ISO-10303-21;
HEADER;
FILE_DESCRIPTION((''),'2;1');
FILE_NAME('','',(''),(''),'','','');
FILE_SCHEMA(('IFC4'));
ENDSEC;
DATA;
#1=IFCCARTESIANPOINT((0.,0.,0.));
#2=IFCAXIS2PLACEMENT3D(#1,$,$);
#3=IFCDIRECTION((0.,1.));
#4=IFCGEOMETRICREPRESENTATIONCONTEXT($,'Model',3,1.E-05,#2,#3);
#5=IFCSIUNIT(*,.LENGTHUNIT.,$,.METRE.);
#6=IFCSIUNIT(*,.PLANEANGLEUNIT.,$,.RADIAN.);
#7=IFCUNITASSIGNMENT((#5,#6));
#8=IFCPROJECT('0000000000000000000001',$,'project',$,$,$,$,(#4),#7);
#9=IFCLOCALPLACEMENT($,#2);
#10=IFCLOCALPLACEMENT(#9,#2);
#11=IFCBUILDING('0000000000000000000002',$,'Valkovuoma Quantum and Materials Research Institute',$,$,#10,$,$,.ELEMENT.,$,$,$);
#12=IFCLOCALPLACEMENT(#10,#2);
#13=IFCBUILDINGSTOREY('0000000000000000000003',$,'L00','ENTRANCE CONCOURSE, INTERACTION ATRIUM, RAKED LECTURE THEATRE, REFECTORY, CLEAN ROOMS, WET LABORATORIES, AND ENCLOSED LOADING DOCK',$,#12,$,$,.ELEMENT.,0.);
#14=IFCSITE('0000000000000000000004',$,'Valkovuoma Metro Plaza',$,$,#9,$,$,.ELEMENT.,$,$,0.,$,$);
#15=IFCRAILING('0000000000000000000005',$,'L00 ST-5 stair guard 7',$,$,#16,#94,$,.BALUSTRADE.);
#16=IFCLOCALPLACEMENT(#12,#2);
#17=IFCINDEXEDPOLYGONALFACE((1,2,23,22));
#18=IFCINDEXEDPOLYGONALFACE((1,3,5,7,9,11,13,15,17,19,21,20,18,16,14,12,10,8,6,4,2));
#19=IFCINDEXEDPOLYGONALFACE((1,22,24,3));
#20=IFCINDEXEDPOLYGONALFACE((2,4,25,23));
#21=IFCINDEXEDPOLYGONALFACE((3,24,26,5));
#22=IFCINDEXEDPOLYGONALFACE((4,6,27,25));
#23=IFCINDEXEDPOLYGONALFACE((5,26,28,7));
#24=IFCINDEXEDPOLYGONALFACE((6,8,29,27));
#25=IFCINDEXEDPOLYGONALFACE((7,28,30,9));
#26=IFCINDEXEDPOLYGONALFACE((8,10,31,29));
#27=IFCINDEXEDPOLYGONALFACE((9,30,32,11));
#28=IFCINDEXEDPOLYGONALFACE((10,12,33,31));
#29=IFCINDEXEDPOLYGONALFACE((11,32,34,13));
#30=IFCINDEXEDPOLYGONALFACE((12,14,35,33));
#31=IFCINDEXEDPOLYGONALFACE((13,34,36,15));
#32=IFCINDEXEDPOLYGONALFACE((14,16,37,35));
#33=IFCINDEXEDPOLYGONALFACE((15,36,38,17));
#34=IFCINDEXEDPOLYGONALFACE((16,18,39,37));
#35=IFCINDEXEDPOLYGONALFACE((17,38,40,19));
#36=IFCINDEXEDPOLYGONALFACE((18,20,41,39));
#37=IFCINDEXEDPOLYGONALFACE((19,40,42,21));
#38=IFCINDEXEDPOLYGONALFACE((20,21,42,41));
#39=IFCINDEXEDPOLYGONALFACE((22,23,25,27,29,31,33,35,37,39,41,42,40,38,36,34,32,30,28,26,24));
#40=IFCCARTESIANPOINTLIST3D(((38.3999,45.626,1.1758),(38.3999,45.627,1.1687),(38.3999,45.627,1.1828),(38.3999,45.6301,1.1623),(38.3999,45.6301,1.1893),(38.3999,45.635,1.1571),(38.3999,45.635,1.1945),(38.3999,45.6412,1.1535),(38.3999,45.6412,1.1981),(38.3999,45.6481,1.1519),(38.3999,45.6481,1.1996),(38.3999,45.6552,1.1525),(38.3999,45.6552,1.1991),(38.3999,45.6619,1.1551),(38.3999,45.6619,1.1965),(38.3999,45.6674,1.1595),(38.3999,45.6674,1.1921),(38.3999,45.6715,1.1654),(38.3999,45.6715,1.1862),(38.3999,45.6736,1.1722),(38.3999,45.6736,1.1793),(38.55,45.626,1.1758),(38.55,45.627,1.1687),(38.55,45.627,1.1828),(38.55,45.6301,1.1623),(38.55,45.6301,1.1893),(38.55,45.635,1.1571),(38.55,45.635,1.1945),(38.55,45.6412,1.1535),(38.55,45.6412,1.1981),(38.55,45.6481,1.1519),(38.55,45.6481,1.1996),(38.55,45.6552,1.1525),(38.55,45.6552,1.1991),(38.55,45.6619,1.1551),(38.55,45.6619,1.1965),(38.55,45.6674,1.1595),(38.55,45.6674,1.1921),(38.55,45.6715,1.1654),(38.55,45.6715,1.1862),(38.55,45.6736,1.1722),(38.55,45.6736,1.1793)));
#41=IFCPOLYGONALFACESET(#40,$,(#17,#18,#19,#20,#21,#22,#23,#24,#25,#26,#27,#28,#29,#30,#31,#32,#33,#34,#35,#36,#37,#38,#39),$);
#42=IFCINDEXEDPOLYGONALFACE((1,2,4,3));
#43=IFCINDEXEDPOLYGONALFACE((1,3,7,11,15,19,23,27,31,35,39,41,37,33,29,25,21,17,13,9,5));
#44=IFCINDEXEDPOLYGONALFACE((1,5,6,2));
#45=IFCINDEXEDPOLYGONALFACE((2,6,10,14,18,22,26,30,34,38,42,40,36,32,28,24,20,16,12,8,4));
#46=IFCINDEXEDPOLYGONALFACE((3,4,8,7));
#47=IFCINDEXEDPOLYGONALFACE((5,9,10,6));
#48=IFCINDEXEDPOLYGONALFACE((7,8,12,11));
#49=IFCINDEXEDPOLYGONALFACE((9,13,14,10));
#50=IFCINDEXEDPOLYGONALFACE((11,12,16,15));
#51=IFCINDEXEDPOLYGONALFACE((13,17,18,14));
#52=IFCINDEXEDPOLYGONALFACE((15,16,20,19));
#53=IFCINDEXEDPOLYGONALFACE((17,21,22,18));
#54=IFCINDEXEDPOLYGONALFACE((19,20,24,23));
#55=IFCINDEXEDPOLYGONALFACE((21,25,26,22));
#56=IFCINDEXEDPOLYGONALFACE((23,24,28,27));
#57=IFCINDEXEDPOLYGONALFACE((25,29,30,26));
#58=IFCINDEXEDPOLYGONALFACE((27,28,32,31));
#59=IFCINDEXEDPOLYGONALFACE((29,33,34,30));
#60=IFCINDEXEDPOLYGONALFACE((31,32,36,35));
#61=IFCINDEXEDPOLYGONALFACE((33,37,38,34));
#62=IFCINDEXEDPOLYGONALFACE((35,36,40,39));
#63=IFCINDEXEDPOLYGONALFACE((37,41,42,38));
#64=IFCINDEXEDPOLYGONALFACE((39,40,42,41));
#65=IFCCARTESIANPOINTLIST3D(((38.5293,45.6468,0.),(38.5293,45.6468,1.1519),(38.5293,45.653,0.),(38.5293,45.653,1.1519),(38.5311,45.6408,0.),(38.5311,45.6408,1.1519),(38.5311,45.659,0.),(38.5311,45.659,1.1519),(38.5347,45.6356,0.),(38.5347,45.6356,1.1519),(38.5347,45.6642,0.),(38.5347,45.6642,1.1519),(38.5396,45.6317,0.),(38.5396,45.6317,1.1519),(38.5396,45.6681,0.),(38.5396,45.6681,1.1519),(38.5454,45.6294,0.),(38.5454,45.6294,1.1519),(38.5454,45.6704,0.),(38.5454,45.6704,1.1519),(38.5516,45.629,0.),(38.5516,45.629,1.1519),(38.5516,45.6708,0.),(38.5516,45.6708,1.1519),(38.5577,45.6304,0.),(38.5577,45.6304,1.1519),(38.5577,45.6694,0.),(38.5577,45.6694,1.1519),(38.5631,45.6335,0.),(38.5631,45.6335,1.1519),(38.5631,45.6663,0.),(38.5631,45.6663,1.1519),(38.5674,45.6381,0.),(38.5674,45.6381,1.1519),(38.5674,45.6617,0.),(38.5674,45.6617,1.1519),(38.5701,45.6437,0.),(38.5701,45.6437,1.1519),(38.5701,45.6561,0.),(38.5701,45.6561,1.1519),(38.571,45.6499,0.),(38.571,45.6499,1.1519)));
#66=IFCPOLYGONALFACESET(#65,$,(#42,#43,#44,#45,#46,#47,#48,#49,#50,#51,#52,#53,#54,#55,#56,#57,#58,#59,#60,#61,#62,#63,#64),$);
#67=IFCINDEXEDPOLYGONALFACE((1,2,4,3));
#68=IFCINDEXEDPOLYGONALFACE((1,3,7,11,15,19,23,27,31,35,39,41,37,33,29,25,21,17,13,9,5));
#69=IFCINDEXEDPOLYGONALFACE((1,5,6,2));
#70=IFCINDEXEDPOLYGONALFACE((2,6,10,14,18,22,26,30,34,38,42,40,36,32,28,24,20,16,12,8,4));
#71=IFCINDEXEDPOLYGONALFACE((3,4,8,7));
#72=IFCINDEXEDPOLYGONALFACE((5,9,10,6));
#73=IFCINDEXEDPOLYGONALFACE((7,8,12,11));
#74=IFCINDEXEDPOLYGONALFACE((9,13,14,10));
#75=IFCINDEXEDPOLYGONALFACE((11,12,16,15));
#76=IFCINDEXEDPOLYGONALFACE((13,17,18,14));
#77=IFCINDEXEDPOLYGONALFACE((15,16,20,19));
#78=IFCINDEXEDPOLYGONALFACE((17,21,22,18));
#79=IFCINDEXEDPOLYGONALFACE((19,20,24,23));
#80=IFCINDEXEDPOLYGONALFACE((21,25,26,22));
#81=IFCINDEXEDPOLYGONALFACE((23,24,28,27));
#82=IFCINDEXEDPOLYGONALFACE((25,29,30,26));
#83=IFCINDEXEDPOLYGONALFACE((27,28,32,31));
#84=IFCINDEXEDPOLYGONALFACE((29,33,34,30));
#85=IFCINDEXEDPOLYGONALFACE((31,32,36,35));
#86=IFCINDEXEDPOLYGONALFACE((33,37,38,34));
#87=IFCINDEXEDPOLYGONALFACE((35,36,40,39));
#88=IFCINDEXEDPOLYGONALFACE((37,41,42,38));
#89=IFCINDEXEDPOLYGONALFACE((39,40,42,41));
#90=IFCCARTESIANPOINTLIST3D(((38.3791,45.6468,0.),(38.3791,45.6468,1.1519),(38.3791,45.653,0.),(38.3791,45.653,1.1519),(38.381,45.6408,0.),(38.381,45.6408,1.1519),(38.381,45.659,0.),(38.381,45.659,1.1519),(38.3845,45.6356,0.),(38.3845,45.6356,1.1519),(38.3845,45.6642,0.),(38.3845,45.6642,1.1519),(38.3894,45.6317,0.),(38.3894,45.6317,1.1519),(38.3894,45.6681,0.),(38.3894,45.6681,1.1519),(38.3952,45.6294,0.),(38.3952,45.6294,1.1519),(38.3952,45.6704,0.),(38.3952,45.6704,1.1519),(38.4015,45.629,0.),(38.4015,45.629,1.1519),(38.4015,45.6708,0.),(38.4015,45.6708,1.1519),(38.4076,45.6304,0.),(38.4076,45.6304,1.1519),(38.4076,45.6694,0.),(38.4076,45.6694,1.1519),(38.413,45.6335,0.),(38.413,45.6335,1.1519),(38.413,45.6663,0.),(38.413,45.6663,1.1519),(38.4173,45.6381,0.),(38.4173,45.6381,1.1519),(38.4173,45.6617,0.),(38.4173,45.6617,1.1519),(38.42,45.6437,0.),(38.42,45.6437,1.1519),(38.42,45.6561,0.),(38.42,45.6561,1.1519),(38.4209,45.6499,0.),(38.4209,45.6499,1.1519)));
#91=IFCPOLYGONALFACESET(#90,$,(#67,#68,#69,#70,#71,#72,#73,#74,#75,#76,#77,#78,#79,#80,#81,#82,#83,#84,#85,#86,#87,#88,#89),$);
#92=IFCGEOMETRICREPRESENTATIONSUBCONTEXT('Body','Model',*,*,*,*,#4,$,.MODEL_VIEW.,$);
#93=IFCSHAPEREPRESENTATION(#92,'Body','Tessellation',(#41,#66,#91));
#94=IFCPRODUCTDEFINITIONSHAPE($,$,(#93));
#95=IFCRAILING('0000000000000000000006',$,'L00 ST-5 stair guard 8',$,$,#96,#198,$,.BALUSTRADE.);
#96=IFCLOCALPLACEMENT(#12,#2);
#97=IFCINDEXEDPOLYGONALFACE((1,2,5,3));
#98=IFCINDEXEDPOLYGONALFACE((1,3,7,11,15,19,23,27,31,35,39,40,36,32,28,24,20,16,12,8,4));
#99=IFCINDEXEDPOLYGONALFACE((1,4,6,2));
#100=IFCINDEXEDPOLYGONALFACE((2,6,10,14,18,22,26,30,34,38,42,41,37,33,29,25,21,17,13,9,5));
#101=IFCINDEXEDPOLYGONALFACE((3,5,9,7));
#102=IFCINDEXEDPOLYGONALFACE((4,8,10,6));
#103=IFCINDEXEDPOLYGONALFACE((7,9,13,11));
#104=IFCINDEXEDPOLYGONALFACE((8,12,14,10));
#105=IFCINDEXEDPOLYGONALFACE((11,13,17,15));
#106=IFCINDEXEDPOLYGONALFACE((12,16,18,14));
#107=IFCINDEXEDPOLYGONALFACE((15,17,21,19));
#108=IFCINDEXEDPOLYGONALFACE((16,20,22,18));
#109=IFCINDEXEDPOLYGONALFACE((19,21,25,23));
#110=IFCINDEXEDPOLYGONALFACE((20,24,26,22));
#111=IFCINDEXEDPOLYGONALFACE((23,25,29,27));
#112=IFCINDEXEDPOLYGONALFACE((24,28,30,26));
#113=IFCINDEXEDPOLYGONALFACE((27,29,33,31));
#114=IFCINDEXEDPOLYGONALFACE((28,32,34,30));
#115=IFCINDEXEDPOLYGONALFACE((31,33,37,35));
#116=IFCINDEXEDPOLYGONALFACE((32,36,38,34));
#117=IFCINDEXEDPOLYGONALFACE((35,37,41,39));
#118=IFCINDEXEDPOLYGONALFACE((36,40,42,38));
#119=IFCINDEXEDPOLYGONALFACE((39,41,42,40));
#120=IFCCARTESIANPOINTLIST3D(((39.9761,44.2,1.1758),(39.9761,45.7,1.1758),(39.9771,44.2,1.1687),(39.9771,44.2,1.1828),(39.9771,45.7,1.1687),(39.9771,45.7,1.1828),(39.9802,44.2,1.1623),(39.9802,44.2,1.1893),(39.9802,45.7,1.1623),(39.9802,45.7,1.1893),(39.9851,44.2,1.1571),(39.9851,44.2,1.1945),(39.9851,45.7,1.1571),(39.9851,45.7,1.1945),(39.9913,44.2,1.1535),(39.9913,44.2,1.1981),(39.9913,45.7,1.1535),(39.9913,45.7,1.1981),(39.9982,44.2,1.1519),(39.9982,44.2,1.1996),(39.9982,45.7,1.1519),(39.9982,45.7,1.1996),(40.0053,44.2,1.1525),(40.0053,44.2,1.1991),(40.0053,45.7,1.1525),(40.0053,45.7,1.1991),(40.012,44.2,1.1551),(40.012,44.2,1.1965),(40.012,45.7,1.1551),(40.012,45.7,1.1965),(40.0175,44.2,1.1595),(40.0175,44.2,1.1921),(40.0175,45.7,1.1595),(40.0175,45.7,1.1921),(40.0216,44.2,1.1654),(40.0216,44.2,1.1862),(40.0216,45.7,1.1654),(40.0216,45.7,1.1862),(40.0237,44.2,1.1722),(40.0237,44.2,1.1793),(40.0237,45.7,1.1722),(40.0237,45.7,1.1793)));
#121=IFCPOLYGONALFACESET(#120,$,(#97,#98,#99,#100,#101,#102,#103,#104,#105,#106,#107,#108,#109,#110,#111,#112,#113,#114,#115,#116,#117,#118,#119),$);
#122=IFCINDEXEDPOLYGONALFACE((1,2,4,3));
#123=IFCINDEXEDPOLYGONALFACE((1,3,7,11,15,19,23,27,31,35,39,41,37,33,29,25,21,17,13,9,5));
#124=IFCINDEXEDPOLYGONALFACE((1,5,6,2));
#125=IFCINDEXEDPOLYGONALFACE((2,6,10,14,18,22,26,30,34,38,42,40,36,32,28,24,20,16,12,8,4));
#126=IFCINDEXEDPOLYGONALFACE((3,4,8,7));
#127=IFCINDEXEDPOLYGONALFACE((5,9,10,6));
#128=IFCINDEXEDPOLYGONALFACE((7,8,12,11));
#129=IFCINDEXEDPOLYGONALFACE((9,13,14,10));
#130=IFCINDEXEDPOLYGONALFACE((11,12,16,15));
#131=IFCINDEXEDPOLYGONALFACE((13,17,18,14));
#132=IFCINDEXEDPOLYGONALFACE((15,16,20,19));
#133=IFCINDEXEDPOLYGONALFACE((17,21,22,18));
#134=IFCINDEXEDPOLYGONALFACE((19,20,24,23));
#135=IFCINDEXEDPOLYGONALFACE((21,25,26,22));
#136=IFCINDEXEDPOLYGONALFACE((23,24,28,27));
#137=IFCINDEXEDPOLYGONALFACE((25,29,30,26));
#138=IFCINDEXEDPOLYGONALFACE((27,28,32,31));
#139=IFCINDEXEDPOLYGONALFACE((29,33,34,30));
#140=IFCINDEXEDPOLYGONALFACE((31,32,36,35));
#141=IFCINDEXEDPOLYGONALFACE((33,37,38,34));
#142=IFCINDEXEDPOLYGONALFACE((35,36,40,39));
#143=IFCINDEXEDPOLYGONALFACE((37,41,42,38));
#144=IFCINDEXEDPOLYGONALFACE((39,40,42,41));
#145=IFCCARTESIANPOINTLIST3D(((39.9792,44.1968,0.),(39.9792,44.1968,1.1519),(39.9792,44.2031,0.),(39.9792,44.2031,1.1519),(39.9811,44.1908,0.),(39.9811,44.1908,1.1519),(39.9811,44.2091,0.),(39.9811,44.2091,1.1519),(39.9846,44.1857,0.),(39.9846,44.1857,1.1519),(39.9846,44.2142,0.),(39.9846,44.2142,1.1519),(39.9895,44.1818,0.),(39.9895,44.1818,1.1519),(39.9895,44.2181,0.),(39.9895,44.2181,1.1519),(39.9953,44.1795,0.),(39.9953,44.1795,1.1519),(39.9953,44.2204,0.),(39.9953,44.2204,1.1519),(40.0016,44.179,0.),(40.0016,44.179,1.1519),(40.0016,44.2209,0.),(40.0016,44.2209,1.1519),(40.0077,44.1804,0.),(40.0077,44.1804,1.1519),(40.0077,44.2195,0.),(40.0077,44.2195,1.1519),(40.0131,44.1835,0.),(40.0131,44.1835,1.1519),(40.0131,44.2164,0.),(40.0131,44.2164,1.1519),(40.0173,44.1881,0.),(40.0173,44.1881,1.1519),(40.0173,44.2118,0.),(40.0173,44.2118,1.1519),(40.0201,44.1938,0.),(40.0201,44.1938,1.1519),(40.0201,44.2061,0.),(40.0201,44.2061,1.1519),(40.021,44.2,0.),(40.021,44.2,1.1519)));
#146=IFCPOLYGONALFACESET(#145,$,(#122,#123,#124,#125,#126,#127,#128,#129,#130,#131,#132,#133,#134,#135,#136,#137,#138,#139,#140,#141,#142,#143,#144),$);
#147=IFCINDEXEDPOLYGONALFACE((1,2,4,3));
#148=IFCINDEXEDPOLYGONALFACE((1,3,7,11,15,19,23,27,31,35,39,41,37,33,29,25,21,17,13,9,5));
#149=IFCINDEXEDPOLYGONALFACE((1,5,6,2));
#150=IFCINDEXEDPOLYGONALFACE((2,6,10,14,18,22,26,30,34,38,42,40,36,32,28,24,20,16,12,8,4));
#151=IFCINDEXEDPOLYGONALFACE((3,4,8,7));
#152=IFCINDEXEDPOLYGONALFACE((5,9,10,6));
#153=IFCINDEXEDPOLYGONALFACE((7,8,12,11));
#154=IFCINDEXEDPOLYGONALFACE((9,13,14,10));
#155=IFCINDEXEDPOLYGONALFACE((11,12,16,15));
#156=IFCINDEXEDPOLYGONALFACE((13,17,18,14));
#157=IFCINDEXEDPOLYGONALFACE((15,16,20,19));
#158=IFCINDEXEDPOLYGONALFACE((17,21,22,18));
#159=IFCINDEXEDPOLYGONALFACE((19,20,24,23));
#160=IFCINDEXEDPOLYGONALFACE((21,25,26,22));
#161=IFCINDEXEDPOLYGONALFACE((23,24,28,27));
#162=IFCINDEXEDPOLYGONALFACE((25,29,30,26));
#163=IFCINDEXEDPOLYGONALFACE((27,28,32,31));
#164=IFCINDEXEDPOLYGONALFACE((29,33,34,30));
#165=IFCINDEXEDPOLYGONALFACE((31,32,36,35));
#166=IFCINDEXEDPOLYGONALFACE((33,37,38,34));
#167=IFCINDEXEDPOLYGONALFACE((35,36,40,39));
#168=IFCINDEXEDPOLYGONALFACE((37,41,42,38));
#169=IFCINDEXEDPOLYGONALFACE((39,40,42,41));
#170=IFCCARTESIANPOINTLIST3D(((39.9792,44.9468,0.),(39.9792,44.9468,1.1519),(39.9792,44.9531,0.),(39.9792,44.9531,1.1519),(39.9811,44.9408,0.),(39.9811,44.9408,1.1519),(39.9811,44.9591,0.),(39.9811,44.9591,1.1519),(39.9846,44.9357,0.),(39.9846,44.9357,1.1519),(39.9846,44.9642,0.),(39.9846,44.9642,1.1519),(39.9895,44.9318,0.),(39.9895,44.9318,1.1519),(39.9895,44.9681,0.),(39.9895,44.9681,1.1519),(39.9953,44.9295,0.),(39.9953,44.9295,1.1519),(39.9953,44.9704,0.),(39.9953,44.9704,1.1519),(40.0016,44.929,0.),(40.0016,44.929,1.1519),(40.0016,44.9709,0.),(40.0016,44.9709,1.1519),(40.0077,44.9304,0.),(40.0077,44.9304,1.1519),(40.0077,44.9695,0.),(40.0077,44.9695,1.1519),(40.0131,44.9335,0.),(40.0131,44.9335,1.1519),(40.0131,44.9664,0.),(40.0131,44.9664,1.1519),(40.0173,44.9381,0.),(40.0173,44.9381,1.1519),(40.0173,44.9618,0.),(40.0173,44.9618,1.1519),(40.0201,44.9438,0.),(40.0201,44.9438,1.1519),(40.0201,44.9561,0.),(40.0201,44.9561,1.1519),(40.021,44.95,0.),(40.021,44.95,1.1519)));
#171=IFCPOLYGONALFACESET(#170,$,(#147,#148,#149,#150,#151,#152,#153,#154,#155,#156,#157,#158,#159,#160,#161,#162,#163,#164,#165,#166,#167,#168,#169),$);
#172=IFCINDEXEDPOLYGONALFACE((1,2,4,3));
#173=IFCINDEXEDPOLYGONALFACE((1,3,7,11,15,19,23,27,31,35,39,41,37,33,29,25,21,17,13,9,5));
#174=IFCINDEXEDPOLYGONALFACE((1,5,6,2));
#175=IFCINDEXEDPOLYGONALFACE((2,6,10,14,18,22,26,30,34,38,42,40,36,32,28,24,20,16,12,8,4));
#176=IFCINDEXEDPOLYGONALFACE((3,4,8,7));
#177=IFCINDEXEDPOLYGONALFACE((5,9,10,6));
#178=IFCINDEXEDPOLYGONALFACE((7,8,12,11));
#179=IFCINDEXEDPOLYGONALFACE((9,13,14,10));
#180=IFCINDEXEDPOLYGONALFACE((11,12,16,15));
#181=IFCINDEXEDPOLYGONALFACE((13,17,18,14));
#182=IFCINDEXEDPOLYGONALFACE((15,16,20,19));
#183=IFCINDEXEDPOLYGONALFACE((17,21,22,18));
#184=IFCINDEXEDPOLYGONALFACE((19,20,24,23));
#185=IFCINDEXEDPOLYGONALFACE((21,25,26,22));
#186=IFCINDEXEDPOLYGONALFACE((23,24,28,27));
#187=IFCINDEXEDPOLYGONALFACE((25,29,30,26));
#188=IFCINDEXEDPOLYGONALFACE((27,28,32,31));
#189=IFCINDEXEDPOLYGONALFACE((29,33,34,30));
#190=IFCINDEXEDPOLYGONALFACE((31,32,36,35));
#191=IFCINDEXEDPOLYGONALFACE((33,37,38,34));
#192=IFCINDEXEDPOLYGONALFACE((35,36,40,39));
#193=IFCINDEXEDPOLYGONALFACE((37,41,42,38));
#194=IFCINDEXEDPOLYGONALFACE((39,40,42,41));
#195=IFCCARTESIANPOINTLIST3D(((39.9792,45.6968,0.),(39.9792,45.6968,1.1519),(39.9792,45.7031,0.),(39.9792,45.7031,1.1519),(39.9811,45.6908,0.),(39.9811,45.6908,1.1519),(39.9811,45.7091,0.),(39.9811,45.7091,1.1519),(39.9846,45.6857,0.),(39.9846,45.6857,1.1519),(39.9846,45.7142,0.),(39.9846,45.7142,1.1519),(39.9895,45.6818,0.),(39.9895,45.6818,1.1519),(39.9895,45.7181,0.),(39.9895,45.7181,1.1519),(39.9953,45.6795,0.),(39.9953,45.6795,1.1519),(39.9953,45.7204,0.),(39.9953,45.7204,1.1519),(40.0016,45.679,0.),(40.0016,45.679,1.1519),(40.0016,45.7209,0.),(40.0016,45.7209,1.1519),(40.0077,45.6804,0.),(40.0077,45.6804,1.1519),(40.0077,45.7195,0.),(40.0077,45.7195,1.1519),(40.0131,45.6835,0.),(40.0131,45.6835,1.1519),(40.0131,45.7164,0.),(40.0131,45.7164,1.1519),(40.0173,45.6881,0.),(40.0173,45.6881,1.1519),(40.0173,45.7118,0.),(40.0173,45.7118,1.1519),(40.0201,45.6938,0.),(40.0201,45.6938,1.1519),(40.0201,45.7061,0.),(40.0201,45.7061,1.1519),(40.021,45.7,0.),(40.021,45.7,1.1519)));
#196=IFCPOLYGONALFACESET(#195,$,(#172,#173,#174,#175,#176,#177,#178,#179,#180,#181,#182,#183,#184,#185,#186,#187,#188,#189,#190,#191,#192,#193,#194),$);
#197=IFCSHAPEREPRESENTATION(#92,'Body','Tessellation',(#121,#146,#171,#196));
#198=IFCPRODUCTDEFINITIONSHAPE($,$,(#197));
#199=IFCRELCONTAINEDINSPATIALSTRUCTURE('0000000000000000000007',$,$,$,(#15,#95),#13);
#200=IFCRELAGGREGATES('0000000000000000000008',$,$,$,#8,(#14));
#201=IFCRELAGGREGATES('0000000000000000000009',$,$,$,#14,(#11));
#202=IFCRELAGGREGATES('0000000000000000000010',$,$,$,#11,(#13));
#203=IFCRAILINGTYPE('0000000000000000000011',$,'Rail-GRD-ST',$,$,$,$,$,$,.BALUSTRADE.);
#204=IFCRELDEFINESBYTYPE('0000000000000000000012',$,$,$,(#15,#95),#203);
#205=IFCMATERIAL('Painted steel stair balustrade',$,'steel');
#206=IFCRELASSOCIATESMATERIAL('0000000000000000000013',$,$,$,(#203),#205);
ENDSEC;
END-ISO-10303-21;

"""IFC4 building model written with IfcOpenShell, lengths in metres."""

from ifc_helpers import new_model, si_unit, direction, frame, origin, origin_2d, place, context, subcontext, project, spatial, circle, extrude, material, type_object, element, save


model = new_model("IFC4")

# Units and contexts
model_context = context("Model", 3, precision=1e-05, world=origin(), true_north=direction((0.0, 1.0)))
body_context = subcontext(model_context, "Body", "Model", "MODEL_VIEW")
ifc_project = project(units=[si_unit("LENGTHUNIT", "METRE"), si_unit("PLANEANGLEUNIT", "RADIAN")], contexts=[model_context])

# Site, building, storey
site_placement = place(None, origin())
site = spatial("IfcSite", under=ifc_project, at=site_placement, Name="Valkovuoma Metro Plaza", CompositionType="ELEMENT", RefElevation=0.0)
building_placement = place(site_placement, origin())
building = spatial("IfcBuilding", under=site, at=building_placement, Name="Valkovuoma Quantum and Materials Research Institute", CompositionType="ELEMENT")
storey_placement = place(building_placement, origin())
storey = spatial("IfcBuildingStorey", under=building, at=storey_placement, Name="L00", Description="ENTRANCE CONCOURSE, INTERACTION ATRIUM, RAKED LECTURE THEATRE, REFECTORY, CLEAN ROOMS, WET LABORATORIES, AND ENCLOSED LOADING DOCK", CompositionType="ELEMENT", Elevation=0.0)

# Railings
ifc_material_1 = material(Name="Painted steel stair balustrade", Category="steel")
railing_type_1 = type_object("IfcRailingType", Name="Rail-GRD-ST", PredefinedType="BALUSTRADE", material=ifc_material_1)
railing_1_placement = place(storey_placement, frame((38.55, 45.6499, 0.0)))
element("IfcRailing", 1, at=railing_1_placement, inside=storey, type_object=railing_type_1, Name="L00 ST-5 stair guard 7", PredefinedType="BALUSTRADE", context=body_context, shape_type="SweptSolid", body=[
    extrude(circle(Radius=0.0239, at=origin_2d()), frame((0.0, 0.0, 1.1758), z_axis=(-1.0, 0.0, 0.0), x_axis=(0.0, -1.0, 0.0)), (0.0, 0.0, 1.0), 0.1501),
    extrude(circle(Radius=0.021, at=origin_2d()), origin(), (0.0, 0.0, 1.0), 1.1519),
    extrude(circle(Radius=0.021, at=origin_2d()), frame((-0.1501, 0.0, 0.0)), (0.0, 0.0, 1.0), 1.1519),
])
railing_2_placement = place(storey_placement, frame((40.0, 44.2, 0.0)))
element("IfcRailing", 2, at=railing_2_placement, inside=storey, type_object=railing_type_1, Name="L00 ST-5 stair guard 8", PredefinedType="BALUSTRADE", context=body_context, shape_type="SweptSolid", body=[
    extrude(circle(Radius=0.0239, at=origin_2d()), frame((0.0, 0.0, 1.1758), z_axis=(0.0, 1.0, 0.0), x_axis=(-1.0, 0.0, 0.0)), (0.0, 0.0, 1.0), 1.5),
    extrude(circle(Radius=0.021, at=origin_2d()), origin(), (0.0, 0.0, 1.0), 1.1519),
    extrude(circle(Radius=0.021, at=origin_2d()), frame((0.0, 0.75, 0.0)), (0.0, 0.0, 1.0), 1.1519),
    extrude(circle(Radius=0.021, at=origin_2d()), frame((0.0, 1.5, 0.0)), (0.0, 0.0, 1.0), 1.1519),
])

save(model, "model.ifc")
